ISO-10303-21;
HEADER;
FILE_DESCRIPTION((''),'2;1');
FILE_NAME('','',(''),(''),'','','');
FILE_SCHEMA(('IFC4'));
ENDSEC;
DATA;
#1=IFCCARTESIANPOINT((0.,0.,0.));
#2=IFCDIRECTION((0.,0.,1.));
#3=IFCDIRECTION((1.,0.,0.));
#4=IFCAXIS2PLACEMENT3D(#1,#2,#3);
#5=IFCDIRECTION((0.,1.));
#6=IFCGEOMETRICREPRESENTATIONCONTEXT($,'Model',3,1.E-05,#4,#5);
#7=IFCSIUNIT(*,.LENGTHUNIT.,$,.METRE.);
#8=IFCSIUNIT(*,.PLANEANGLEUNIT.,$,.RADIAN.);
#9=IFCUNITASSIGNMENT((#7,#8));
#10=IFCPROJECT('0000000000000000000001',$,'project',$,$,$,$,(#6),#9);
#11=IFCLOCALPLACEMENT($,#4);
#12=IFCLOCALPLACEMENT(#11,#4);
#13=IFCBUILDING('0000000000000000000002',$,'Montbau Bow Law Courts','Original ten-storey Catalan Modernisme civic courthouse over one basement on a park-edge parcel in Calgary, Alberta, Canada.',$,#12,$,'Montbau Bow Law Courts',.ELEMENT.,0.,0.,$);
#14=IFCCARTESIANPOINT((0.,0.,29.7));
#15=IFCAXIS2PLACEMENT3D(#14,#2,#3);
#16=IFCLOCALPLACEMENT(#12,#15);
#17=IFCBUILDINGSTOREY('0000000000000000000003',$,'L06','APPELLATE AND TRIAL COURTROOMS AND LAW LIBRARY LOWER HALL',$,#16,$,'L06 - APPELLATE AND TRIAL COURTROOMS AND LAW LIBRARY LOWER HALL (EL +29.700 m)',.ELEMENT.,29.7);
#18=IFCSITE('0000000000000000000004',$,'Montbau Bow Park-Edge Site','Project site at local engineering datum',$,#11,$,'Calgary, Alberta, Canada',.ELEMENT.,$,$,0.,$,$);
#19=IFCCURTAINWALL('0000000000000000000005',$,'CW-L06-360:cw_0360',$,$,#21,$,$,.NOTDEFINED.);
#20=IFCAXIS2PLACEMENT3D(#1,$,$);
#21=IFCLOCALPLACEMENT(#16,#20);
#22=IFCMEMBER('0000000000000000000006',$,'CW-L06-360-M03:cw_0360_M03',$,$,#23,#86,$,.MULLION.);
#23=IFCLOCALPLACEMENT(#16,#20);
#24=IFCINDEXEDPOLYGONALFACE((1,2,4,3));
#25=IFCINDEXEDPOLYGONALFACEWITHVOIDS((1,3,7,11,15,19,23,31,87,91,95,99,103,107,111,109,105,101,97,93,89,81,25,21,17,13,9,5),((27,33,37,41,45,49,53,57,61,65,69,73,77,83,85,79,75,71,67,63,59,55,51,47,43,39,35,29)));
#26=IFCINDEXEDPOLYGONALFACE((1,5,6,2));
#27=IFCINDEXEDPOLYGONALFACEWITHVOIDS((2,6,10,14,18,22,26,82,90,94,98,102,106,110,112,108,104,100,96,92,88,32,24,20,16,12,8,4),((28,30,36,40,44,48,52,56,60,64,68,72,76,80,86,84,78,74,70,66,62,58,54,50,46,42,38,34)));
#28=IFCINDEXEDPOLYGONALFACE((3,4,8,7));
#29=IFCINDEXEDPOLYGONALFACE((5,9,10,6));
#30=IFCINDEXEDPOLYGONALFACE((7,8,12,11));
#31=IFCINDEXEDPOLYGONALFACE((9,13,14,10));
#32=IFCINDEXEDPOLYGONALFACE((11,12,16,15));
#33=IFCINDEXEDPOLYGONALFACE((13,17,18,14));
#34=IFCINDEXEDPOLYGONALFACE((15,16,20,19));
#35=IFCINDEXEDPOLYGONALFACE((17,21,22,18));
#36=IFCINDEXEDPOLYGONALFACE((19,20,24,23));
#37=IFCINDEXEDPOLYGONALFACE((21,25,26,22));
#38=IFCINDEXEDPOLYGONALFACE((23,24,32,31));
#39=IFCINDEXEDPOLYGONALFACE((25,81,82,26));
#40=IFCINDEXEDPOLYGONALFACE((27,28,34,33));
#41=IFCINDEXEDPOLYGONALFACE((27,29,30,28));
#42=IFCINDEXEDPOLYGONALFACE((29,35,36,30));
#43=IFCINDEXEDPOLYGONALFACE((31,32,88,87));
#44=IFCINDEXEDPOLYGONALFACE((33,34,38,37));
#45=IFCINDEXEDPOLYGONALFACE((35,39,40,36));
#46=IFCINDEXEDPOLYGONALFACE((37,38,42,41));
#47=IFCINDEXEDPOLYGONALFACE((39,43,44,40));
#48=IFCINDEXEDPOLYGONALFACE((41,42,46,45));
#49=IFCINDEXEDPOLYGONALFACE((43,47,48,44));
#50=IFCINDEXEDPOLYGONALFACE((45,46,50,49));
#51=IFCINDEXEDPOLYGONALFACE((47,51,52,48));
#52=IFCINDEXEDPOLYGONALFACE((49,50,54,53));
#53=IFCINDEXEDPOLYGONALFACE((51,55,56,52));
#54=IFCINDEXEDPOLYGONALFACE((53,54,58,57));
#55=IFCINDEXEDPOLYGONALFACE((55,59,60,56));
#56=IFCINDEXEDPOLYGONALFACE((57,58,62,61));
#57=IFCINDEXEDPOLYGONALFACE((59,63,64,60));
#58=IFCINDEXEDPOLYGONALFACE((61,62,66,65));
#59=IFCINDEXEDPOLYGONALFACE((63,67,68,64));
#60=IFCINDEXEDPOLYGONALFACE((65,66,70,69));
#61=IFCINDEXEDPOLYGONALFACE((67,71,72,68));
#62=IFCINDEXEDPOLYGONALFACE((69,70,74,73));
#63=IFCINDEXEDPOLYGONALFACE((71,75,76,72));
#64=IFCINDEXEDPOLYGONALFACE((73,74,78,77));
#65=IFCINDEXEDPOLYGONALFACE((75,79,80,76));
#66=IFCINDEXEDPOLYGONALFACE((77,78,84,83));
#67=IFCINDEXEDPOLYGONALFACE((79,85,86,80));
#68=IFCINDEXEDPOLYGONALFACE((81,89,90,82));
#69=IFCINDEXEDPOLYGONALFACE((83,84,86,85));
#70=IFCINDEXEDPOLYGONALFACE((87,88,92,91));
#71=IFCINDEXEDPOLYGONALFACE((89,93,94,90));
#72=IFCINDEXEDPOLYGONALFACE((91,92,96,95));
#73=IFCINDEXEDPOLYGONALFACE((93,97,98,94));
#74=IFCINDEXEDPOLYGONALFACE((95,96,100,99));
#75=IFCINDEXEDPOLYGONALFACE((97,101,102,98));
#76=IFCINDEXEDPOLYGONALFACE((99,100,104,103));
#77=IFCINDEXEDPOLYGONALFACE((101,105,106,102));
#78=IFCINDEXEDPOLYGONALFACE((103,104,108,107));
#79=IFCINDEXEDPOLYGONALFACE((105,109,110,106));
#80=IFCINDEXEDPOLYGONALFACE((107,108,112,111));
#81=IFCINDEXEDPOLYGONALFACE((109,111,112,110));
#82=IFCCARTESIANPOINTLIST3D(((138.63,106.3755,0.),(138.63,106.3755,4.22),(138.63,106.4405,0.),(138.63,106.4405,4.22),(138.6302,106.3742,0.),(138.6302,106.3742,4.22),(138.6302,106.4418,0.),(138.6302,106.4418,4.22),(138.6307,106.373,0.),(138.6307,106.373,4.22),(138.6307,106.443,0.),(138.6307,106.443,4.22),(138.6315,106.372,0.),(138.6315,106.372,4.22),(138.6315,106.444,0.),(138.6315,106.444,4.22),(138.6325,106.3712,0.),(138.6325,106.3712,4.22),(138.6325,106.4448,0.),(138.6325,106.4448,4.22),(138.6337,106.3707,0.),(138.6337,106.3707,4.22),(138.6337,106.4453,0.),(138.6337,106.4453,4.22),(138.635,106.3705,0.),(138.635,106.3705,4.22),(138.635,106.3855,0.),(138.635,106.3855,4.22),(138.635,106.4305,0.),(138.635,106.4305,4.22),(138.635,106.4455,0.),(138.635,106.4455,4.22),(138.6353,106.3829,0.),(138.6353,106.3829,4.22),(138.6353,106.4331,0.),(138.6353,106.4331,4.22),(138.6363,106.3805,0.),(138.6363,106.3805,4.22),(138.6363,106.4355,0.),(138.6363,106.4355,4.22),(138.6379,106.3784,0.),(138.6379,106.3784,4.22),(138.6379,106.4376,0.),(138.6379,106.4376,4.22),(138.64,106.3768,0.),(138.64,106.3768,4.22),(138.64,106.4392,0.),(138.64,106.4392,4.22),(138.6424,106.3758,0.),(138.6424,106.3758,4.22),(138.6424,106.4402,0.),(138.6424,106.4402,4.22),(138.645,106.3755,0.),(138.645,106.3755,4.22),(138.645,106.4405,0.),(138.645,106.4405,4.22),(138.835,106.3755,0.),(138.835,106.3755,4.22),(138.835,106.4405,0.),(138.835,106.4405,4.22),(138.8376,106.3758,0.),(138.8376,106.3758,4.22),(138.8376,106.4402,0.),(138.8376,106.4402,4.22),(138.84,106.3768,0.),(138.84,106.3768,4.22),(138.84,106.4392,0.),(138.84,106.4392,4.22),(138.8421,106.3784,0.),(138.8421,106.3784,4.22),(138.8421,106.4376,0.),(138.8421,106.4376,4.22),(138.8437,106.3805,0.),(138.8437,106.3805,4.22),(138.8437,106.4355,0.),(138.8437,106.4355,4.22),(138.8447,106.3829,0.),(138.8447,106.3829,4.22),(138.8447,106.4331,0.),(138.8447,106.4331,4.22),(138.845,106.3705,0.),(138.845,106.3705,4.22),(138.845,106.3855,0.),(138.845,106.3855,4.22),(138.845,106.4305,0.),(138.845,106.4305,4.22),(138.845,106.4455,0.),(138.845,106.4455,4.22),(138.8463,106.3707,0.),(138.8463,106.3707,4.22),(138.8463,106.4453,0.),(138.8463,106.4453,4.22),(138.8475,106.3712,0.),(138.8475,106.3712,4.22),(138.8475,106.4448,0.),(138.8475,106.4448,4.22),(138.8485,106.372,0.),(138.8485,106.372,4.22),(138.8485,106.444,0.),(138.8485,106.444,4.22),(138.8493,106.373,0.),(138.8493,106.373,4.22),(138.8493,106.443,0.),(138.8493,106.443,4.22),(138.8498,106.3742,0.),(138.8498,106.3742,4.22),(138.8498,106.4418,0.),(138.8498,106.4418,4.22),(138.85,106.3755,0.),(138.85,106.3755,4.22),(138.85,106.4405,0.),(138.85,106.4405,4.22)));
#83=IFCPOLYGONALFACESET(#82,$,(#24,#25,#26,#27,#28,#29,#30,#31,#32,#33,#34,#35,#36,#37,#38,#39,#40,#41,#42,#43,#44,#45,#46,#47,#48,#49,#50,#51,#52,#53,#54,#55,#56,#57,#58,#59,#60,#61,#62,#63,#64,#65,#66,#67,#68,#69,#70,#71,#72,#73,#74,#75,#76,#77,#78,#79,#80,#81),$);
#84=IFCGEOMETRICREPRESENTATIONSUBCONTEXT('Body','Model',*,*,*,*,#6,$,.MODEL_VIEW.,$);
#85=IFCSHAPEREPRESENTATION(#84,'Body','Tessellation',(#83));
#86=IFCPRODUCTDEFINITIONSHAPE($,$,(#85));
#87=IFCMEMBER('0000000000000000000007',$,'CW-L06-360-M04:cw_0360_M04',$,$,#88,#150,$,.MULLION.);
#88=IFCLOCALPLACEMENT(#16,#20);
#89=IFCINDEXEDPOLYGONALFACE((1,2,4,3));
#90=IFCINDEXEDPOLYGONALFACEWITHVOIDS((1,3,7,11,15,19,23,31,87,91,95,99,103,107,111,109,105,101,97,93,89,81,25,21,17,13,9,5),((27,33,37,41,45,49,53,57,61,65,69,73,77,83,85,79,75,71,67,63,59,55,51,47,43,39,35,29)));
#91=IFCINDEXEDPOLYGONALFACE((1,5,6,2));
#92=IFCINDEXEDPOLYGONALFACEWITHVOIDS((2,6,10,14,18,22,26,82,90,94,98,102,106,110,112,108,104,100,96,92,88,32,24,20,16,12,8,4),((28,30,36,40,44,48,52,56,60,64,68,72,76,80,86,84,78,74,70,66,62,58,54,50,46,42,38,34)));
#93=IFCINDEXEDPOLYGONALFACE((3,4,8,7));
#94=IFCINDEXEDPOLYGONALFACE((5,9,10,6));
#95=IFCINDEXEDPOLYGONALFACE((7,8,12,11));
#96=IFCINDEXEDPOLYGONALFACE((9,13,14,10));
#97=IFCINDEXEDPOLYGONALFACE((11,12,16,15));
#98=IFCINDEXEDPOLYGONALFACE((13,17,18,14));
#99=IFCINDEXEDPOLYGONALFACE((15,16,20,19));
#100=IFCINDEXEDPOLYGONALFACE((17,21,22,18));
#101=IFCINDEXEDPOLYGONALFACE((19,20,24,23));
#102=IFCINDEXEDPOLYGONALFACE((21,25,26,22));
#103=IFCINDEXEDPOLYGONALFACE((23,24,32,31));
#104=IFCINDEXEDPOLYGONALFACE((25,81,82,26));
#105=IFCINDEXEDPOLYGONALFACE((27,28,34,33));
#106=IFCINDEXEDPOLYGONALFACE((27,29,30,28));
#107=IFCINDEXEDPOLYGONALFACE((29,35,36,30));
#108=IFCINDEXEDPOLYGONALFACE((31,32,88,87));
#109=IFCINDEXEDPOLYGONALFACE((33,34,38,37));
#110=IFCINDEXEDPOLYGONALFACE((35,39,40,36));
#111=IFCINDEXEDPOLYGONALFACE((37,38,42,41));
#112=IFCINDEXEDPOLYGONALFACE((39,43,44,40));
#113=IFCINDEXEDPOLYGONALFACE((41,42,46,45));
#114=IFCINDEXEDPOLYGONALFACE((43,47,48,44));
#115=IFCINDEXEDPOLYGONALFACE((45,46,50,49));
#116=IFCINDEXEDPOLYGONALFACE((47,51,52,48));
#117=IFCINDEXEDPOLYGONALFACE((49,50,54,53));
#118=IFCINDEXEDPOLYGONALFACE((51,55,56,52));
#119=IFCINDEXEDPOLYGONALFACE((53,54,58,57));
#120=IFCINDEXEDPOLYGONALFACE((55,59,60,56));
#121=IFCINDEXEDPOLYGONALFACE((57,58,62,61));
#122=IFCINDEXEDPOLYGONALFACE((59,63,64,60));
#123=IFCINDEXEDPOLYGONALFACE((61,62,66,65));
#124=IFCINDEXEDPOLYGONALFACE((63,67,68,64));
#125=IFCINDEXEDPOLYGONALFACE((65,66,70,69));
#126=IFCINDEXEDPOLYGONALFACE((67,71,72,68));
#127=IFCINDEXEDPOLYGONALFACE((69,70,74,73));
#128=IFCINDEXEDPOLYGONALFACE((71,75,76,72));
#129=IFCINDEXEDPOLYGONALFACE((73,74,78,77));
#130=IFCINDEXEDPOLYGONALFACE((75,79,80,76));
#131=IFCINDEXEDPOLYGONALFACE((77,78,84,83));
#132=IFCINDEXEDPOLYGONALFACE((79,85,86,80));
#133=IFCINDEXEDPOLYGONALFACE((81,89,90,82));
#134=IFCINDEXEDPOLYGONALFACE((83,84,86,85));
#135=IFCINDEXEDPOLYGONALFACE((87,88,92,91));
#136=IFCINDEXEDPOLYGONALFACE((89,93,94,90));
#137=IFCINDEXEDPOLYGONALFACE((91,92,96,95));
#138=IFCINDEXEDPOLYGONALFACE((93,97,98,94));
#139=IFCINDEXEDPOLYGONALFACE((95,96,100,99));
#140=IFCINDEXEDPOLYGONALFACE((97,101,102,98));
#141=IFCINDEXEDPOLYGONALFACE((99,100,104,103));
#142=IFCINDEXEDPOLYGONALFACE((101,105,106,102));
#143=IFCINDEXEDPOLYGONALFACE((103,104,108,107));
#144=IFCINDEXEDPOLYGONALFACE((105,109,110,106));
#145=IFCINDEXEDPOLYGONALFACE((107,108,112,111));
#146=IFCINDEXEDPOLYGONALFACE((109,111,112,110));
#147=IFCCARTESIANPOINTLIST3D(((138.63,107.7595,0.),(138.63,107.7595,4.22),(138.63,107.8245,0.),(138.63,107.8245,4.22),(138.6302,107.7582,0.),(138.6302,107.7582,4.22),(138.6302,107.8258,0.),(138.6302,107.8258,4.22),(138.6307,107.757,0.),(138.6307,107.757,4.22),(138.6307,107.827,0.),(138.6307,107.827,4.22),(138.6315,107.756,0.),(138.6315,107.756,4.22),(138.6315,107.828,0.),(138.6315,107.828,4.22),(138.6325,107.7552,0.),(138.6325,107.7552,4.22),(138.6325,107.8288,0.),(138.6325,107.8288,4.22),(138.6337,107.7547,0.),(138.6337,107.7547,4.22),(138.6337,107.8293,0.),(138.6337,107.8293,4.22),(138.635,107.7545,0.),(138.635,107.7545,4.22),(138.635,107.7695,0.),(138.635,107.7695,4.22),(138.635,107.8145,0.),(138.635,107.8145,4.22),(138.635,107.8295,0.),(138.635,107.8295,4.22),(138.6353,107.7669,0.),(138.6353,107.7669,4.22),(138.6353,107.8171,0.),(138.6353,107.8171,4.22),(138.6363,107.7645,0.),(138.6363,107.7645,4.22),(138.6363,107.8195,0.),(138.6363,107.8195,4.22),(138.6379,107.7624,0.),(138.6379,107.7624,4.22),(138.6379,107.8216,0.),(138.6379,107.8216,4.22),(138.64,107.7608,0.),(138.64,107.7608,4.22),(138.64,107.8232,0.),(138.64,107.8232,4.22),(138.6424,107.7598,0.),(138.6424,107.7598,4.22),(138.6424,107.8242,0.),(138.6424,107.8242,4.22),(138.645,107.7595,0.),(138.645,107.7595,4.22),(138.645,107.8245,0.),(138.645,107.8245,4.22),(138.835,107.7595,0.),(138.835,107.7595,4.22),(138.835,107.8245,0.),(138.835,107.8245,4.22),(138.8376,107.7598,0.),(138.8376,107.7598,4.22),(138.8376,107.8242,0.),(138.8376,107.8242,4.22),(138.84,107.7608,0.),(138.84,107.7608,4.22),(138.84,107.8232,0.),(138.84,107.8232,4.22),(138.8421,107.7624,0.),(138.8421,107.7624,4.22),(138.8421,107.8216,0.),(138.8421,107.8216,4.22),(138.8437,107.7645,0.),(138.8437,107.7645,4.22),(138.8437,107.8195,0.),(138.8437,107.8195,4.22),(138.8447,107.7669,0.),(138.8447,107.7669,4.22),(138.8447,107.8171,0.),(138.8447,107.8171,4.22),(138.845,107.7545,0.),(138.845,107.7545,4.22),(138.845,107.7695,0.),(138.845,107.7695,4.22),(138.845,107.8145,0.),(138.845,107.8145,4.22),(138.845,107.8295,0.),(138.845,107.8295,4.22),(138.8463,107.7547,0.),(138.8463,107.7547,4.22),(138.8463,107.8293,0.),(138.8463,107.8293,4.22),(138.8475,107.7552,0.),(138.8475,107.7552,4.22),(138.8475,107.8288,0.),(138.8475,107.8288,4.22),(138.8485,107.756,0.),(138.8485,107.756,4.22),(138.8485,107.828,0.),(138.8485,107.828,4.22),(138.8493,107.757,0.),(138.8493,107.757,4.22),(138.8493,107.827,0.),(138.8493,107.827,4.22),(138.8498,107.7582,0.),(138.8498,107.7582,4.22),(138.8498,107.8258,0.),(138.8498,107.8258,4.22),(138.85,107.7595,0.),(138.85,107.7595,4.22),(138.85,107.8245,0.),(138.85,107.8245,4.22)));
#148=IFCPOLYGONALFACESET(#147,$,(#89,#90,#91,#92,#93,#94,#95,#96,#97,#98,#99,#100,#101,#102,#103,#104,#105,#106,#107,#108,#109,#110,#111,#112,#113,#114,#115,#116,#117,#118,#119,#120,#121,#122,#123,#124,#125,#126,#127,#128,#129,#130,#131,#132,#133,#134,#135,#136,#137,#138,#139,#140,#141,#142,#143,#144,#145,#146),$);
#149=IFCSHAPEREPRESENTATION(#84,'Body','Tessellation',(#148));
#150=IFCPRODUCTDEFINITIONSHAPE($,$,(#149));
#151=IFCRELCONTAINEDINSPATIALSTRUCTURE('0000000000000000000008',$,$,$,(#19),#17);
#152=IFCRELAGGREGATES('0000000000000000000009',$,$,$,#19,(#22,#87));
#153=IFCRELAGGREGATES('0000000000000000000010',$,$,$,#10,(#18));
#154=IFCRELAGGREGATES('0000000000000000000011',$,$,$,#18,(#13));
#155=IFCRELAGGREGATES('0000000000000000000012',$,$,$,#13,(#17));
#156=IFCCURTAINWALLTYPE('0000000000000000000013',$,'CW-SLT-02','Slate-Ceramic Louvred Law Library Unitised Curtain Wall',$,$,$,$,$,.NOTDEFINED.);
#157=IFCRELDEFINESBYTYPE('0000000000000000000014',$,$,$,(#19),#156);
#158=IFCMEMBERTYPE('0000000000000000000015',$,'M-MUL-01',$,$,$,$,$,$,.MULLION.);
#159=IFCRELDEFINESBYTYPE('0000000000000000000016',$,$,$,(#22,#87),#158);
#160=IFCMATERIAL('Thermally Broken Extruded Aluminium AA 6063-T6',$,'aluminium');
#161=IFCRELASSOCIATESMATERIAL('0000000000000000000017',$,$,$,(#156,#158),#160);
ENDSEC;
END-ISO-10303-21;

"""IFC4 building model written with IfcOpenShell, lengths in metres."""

from ifc_helpers import new_model, si_unit, direction, frame, origin_with_axes, origin_2d_with_axis, place, context, subcontext, project, spatial, hollow_rectangle, extrude, material, material_profile, profile_set, type_object, element, aggregate, save


model = new_model("IFC4")

# Units and contexts
model_context = context("Model", 3, precision=1e-05, world=origin_with_axes(), true_north=direction((0.0, 1.0)))
body_context = subcontext(model_context, "Body", "Model", "MODEL_VIEW")
ifc_project = project(units=[si_unit("LENGTHUNIT", "METRE"), si_unit("PLANEANGLEUNIT", "RADIAN")], contexts=[model_context])

# Site, building, storey
site_placement = place(None, origin_with_axes())
site = spatial("IfcSite", under=ifc_project, at=site_placement, Name="Montbau Bow Park-Edge Site", Description="Project site at local engineering datum", LongName="Calgary, Alberta, Canada", CompositionType="ELEMENT", RefElevation=0.0)
building_placement = place(site_placement, origin_with_axes())
building = spatial("IfcBuilding", under=site, at=building_placement, Name="Montbau Bow Law Courts", Description="Original ten-storey Catalan Modernisme civic courthouse over one basement on a park-edge parcel in Calgary, Alberta, Canada.", LongName="Montbau Bow Law Courts", CompositionType="ELEMENT", ElevationOfRefHeight=0.0, ElevationOfTerrain=0.0)
storey_placement = place(building_placement, frame((0.0, 0.0, 29.7), z_axis=(0.0, 0.0, 1.0), x_axis=(1.0, 0.0, 0.0)))
storey = spatial("IfcBuildingStorey", under=building, at=storey_placement, Name="L06", Description="APPELLATE AND TRIAL COURTROOMS AND LAW LIBRARY LOWER HALL", LongName="L06 - APPELLATE AND TRIAL COURTROOMS AND LAW LIBRARY LOWER HALL (EL +29.700 m)", CompositionType="ELEMENT", Elevation=29.7)

# Curtain wall, members
ifc_material_1 = material(Name="Thermally Broken Extruded Aluminium AA 6063-T6", Category="aluminium")
curtain_wall_type = type_object("IfcCurtainWallType", Name="CW-SLT-02", Description="Slate-Ceramic Louvred Law Library Unitised Curtain Wall", PredefinedType="NOTDEFINED", material=ifc_material_1)
curtain_wall_placement = place(None, frame((138.74, 103.64, 29.7), z_axis=(0.0, 0.0, 1.0), x_axis=(1.0, 0.0, 0.0)))
curtain_wall = element("IfcCurtainWall", 1, at=curtain_wall_placement, inside=storey, type_object=curtain_wall_type, Name="CW-L06-360:cw_0360", PredefinedType="NOTDEFINED")
ifc_material_profile_1 = material_profile(ifc_material_1, hollow_rectangle(XDim=0.075, YDim=0.22, WallThickness=0.005, InnerFilletRadius=0.01, OuterFilletRadius=0.005, at=origin_2d_with_axis()), Name="CWM-220X75", Category="Main", Priority=0)
ifc_profile_set_1 = profile_set([ifc_material_profile_1], Name="Thermally Broken Extruded Aluminium AA 6063-T6")
member_type_1 = type_object("IfcMemberType", Name="M-MUL-01", PredefinedType="MULLION", material=ifc_profile_set_1)
member_1_placement = place(None, frame((138.74, 106.408, 29.7), z_axis=(0.0, 0.0, 1.0), x_axis=(0.0, 1.0, 0.0)))
member_1 = element("IfcMember", 2, at=member_1_placement, type_object=member_type_1, Name="CW-L06-360-M03:cw_0360_M03", PredefinedType="MULLION", context=body_context, shape_type="SweptSolid", body=[
    extrude(hollow_rectangle(XDim=0.075, YDim=0.22, WallThickness=0.005, InnerFilletRadius=0.01, OuterFilletRadius=0.005, at=origin_2d_with_axis()), origin_with_axes(), (0.0, 0.0, 1.0), 4.22),
])
member_2_placement = place(None, frame((138.74, 107.792, 29.7), z_axis=(0.0, 0.0, 1.0), x_axis=(0.0, 1.0, 0.0)))
member_2 = element("IfcMember", 3, at=member_2_placement, type_object=member_type_1, Name="CW-L06-360-M04:cw_0360_M04", PredefinedType="MULLION", context=body_context, shape_type="SweptSolid", body=[
    extrude(hollow_rectangle(XDim=0.075, YDim=0.22, WallThickness=0.005, InnerFilletRadius=0.01, OuterFilletRadius=0.005, at=origin_2d_with_axis()), origin_with_axes(), (0.0, 0.0, 1.0), 4.22),
])
aggregate(curtain_wall, [member_1, member_2])

save(model, "model.ifc")
